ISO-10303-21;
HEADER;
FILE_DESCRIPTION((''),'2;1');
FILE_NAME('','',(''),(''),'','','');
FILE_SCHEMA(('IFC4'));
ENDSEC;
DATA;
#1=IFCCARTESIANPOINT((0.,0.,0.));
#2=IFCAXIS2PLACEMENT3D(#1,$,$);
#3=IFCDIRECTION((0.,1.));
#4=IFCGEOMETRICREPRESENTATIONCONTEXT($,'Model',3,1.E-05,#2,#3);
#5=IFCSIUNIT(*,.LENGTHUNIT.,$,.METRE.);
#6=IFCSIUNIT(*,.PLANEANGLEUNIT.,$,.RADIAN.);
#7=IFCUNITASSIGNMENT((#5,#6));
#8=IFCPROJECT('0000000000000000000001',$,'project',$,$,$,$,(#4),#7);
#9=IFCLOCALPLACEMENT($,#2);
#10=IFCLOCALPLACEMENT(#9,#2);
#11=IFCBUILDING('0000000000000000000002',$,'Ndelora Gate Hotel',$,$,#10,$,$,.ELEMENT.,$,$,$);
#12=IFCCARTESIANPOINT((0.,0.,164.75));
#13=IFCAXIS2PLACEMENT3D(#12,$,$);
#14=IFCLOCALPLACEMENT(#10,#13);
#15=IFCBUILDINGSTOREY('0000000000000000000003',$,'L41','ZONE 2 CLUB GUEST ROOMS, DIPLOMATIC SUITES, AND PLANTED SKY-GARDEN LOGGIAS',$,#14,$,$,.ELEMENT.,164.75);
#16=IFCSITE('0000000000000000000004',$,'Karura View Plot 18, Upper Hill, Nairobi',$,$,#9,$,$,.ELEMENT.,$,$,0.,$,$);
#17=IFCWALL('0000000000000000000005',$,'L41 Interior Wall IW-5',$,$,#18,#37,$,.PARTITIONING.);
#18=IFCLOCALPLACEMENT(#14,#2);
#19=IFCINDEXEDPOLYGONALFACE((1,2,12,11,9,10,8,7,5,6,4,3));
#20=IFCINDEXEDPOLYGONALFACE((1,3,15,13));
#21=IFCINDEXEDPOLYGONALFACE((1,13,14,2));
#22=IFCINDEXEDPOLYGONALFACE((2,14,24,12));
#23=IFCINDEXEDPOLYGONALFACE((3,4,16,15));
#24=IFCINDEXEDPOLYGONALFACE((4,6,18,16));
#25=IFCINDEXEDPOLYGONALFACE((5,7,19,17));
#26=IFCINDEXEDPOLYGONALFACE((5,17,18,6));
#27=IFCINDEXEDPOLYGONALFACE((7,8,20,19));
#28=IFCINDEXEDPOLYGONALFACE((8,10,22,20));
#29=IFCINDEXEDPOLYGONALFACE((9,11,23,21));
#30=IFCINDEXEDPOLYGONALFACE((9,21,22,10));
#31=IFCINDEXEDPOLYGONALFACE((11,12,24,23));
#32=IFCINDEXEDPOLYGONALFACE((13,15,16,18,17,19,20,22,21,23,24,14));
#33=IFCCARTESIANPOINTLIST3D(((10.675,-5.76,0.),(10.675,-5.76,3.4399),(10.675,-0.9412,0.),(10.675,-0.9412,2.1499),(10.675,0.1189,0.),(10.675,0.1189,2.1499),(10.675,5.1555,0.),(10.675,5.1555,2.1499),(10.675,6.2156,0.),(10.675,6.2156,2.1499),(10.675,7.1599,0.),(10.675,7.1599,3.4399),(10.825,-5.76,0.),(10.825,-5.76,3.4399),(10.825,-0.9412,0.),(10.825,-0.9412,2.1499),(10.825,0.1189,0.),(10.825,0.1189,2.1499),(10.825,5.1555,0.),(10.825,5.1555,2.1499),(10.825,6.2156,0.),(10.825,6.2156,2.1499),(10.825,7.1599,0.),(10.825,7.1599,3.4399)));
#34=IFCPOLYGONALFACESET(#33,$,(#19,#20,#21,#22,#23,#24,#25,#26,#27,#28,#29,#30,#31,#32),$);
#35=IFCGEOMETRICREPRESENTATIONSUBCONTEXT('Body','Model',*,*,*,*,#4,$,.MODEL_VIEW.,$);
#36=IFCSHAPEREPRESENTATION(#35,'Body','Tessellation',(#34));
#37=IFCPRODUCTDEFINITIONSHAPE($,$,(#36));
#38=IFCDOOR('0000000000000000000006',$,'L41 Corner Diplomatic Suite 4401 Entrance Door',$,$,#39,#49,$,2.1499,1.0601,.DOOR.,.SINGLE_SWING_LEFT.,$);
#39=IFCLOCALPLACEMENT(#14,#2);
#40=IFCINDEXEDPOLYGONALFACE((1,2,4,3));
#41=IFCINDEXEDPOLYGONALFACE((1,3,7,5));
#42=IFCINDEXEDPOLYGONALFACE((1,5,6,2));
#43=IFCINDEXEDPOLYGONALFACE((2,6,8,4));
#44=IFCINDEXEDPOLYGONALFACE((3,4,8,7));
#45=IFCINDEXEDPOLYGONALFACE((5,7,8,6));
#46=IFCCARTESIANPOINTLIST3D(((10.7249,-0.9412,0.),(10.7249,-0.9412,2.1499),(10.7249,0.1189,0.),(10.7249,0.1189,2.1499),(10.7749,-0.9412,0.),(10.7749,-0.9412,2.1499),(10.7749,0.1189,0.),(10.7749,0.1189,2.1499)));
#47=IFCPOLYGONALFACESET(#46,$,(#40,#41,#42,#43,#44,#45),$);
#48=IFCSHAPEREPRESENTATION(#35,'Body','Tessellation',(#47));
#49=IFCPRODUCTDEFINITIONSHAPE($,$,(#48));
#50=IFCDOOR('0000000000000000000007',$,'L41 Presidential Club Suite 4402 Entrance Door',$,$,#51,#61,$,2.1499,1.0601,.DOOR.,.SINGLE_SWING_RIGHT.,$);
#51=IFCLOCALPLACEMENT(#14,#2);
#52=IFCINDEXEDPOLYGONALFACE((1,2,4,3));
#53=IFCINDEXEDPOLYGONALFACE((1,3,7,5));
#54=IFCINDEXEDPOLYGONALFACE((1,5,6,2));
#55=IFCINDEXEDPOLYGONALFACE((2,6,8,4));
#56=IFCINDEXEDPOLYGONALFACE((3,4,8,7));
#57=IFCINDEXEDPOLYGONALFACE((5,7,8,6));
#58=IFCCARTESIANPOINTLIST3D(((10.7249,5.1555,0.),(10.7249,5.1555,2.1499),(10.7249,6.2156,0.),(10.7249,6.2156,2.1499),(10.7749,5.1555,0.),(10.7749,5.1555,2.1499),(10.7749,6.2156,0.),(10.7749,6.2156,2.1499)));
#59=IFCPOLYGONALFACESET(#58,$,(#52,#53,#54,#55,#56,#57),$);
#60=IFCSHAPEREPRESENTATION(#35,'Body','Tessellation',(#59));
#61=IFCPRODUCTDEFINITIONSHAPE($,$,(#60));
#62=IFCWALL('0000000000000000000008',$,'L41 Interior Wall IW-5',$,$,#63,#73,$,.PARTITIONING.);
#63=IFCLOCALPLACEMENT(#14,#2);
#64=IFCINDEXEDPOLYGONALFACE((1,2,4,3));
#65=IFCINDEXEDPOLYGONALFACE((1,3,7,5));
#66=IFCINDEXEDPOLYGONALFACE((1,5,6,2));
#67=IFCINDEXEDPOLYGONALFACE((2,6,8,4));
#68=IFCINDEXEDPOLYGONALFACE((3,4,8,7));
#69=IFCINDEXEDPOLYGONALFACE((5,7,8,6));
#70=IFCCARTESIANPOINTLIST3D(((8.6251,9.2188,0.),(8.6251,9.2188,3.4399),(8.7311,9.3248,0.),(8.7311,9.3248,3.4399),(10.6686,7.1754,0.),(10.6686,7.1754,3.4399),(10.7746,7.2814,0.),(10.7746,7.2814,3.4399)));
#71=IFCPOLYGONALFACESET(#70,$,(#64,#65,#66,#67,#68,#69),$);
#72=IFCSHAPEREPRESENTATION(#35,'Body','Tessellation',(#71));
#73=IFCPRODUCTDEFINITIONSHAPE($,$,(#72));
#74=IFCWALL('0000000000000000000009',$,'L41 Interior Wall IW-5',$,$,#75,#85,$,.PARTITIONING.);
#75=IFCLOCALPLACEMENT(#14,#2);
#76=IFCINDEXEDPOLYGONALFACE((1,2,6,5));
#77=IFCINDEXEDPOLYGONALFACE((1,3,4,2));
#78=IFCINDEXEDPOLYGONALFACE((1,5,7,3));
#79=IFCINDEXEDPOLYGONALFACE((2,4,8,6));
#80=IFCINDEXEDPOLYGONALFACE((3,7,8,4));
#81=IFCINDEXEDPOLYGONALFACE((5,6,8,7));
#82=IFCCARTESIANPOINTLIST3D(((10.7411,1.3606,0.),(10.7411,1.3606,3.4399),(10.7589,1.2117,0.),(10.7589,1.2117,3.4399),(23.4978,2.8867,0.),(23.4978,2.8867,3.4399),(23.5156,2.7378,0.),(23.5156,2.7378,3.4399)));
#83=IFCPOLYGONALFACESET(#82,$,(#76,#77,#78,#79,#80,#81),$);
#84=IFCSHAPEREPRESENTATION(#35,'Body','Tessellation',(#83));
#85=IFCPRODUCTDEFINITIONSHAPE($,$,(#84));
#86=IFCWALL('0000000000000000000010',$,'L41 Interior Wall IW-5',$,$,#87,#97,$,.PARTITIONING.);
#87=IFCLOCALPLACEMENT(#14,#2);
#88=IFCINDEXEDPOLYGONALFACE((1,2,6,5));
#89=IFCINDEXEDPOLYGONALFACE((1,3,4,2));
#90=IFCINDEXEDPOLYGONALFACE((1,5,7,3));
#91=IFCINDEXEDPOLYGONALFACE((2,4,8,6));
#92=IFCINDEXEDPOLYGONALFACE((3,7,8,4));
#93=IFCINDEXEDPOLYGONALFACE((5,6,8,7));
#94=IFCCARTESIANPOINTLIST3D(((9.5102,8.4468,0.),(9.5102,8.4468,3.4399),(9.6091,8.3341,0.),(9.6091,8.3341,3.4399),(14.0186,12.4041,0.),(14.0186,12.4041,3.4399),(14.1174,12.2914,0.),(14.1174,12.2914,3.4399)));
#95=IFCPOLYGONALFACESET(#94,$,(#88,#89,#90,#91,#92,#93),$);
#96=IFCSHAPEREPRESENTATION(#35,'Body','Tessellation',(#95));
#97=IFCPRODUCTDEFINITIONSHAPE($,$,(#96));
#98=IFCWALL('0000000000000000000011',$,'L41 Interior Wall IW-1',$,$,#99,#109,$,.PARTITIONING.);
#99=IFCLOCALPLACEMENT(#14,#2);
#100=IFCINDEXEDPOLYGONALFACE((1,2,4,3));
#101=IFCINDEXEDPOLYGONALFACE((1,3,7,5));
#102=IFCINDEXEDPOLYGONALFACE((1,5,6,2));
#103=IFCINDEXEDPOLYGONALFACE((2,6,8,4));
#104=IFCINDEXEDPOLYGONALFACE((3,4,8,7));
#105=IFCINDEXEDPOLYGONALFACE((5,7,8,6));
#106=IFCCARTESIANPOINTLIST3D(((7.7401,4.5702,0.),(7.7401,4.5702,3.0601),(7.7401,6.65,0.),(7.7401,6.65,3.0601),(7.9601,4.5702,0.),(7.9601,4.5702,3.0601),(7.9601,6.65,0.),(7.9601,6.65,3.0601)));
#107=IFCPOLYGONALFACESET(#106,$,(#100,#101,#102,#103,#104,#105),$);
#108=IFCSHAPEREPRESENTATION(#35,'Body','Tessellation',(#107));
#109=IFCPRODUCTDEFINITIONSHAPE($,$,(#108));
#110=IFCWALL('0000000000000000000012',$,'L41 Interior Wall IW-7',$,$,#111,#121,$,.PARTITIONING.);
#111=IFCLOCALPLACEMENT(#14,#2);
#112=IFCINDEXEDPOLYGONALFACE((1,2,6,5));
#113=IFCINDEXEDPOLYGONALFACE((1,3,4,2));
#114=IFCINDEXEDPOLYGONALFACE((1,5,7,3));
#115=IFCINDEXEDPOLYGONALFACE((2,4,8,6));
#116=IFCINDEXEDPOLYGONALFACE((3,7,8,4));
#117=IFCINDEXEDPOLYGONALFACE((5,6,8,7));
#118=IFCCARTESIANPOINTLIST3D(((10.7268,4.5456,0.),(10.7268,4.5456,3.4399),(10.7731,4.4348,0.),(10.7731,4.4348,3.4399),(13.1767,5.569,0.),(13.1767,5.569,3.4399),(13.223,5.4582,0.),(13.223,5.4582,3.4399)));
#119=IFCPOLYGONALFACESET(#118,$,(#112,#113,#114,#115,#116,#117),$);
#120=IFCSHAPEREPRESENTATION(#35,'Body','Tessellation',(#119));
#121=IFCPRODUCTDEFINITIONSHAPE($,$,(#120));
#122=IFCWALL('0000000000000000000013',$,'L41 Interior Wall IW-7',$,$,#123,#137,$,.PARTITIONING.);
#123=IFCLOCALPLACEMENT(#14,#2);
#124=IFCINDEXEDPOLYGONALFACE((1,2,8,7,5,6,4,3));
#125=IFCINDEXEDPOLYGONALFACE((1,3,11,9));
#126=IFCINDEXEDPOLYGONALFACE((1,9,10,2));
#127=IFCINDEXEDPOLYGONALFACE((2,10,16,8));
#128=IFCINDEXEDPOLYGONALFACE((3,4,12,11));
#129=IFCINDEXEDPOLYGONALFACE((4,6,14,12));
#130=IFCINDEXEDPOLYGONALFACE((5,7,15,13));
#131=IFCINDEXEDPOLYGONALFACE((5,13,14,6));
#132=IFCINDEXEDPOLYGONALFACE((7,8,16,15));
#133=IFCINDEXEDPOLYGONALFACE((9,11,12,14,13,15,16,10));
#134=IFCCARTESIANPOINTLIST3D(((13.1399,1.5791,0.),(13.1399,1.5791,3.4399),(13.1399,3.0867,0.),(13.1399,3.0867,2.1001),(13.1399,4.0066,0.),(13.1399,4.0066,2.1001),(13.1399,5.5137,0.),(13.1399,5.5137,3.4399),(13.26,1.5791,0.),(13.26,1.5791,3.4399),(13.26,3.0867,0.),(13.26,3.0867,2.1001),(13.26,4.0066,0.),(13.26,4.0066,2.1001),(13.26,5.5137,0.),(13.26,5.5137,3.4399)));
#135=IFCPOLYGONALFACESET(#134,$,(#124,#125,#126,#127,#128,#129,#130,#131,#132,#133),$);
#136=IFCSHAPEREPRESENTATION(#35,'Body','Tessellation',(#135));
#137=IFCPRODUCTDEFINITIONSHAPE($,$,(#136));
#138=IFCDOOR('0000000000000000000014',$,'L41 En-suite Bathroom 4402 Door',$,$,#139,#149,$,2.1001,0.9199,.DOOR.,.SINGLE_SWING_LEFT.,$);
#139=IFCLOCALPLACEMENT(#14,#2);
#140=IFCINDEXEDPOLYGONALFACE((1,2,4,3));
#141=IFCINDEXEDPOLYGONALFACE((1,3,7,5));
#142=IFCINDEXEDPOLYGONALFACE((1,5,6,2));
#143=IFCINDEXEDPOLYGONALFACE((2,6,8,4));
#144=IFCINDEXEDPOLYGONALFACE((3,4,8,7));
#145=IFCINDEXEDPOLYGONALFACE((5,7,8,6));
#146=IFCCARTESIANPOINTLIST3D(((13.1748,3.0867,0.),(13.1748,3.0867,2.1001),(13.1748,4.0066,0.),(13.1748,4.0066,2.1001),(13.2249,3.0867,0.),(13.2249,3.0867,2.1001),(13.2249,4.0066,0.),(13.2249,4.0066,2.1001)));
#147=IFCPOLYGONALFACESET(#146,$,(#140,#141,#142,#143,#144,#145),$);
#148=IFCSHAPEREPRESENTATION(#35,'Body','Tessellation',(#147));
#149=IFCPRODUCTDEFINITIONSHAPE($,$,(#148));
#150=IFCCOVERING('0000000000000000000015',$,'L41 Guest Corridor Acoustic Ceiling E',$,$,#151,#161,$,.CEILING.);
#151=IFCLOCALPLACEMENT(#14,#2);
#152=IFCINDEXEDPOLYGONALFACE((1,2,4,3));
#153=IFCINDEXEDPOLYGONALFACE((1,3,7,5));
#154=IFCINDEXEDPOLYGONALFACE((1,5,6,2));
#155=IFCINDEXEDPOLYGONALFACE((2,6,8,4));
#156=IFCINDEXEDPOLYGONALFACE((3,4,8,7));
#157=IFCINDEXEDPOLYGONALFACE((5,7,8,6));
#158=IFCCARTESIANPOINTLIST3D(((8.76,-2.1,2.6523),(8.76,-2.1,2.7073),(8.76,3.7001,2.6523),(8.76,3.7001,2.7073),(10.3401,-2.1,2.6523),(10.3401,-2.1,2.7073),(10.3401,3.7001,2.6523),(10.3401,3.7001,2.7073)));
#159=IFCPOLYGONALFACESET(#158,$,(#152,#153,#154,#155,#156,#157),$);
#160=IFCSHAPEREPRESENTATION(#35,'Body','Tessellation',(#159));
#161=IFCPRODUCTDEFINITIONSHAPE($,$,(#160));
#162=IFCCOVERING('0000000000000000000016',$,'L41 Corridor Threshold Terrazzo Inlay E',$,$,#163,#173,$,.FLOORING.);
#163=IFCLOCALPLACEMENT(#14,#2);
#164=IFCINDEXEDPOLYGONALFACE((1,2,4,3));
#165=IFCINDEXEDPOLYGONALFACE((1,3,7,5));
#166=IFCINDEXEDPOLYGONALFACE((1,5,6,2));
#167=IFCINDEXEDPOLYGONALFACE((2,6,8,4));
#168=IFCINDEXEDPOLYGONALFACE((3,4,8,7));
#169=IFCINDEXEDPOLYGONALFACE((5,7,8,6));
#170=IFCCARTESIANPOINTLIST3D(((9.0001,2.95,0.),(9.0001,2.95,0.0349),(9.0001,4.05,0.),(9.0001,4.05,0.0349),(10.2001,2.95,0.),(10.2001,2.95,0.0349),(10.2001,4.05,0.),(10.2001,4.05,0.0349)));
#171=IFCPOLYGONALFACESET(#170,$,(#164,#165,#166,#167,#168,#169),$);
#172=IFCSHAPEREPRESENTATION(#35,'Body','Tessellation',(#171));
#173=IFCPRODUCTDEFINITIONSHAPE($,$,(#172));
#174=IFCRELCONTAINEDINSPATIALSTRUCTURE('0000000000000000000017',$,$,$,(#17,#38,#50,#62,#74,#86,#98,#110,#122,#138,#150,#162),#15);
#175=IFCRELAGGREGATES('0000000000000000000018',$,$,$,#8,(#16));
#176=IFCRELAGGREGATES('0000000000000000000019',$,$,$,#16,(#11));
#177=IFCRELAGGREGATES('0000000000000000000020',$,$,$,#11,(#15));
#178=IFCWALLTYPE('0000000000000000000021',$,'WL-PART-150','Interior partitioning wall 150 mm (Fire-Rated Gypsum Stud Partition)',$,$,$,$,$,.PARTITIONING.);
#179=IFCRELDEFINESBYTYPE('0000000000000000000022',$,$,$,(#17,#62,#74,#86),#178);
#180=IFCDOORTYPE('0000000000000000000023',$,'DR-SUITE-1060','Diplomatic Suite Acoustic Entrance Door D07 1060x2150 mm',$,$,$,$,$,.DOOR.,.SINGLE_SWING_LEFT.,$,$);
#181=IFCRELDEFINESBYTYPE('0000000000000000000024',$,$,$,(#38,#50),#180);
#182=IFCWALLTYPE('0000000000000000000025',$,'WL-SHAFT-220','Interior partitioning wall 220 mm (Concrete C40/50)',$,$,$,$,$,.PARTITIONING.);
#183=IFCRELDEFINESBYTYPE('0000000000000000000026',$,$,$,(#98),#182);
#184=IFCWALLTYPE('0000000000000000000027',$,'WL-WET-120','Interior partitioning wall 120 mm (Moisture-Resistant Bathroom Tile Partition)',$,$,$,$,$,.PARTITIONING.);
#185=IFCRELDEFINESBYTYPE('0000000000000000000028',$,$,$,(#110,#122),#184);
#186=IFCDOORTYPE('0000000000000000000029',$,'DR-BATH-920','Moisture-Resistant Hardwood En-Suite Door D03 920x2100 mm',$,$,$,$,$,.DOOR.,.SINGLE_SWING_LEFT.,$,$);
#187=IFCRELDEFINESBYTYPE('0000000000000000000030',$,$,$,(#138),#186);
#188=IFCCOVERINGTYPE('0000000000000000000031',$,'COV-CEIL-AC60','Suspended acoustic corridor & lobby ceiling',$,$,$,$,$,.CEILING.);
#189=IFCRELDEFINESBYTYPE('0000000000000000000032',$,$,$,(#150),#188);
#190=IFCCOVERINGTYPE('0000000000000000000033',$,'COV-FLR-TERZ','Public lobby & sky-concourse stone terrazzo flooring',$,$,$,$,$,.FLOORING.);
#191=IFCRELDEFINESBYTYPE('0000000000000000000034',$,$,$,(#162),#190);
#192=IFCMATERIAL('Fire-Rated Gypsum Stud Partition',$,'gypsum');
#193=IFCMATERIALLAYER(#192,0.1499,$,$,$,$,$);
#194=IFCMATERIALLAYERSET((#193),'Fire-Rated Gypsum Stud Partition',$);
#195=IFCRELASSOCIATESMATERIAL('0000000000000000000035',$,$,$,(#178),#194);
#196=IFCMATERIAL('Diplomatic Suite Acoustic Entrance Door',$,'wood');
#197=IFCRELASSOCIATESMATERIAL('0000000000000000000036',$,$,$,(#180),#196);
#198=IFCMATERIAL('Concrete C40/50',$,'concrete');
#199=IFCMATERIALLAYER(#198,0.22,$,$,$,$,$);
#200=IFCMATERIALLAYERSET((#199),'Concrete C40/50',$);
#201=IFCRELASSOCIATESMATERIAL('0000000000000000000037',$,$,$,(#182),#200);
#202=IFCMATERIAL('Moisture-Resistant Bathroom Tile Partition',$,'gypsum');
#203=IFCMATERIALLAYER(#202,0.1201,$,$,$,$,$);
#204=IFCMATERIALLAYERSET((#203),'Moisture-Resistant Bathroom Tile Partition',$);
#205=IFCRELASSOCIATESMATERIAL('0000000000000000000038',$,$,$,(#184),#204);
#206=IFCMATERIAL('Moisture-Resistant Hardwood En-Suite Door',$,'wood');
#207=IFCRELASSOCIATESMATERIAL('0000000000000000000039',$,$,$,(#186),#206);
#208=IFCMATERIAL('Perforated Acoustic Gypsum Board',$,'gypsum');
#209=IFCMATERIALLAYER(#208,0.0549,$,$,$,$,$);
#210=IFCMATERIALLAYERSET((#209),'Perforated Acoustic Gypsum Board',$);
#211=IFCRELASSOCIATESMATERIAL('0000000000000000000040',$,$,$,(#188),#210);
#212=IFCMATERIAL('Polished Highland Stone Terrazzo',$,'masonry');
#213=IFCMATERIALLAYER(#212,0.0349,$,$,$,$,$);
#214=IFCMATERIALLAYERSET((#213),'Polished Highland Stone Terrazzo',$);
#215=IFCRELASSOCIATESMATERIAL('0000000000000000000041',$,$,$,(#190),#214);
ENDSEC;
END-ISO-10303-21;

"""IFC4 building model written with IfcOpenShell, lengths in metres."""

from ifc_helpers import new_model, si_unit, direction, frame, frame_2d, origin, origin_2d, place, context, subcontext, project, spatial, rectangle, extrude, material, layer, layer_set, type_object, element, fill, save


model = new_model("IFC4")

# Units and contexts
model_context = context("Model", 3, precision=1e-05, world=origin(), true_north=direction((0.0, 1.0)))
body_context = subcontext(model_context, "Body", "Model", "MODEL_VIEW")
ifc_project = project(units=[si_unit("LENGTHUNIT", "METRE"), si_unit("PLANEANGLEUNIT", "RADIAN")], contexts=[model_context])

# Site, building, storey
site_placement = place(None, origin())
site = spatial("IfcSite", under=ifc_project, at=site_placement, Name="Karura View Plot 18, Upper Hill, Nairobi", CompositionType="ELEMENT", RefElevation=0.0)
building_placement = place(site_placement, origin())
building = spatial("IfcBuilding", under=site, at=building_placement, Name="Ndelora Gate Hotel", CompositionType="ELEMENT")
storey_placement = place(building_placement, frame((0.0, 0.0, 164.75)))
storey = spatial("IfcBuildingStorey", under=building, at=storey_placement, Name="L41", Description="ZONE 2 CLUB GUEST ROOMS, DIPLOMATIC SUITES, AND PLANTED SKY-GARDEN LOGGIAS", CompositionType="ELEMENT", Elevation=164.75)

# Shared definitions
ifc_material_1 = material(Name="Concrete C40/50", Category="concrete")

# Wall, openings, doors
ifc_material_2 = material(Name="Fire-Rated Gypsum Stud Partition", Category="gypsum")
ifc_layer_1 = layer(ifc_material_2, 0.1499)
ifc_layer_set_1 = layer_set([ifc_layer_1], Name="Fire-Rated Gypsum Stud Partition")
wall_type_1 = type_object("IfcWallType", Name="WL-PART-150", Description="Interior partitioning wall 150 mm (Fire-Rated Gypsum Stud Partition)", PredefinedType="PARTITIONING", material=ifc_layer_set_1)
wall_1_placement = place(storey_placement, frame((10.75, 7.1599, 0.0), z_axis=(0.0, 0.0, 1.0), x_axis=(0.0, -1.0, 0.0)))
wall_1 = element("IfcWall", 1, at=wall_1_placement, inside=storey, type_object=wall_type_1, Name="L41 Interior Wall IW-5", PredefinedType="PARTITIONING", context=body_context, shape_type="SweptSolid", body=[
    extrude(rectangle(XDim=12.9199, YDim=0.1499, at=frame_2d((6.46, 0.0))), origin(), (0.0, 0.0, 1.0), 3.4399),
])
opening_1_placement = place(wall_1_placement, frame((7.041, 0.0, 0.0)))
opening_1 = element("IfcOpeningElement", 2, at=opening_1_placement, cuts=wall_1, PredefinedType="OPENING", context=body_context, shape_type="SweptSolid", body=[
    extrude(rectangle(XDim=1.0601, YDim=2.1499, at=frame_2d((0.53, 1.075))), frame((0.0, 0.085, 0.0), z_axis=(0.0, -1.0, 0.0), x_axis=(1.0, 0.0, 0.0)), (0.0, 0.0, 1.0), 0.1699),
])
opening_2_placement = place(wall_1_placement, frame((0.9443, 0.0, 0.0)))
opening_2 = element("IfcOpeningElement", 3, at=opening_2_placement, cuts=wall_1, PredefinedType="OPENING", context=body_context, shape_type="SweptSolid", body=[
    extrude(rectangle(XDim=1.0601, YDim=2.1499, at=frame_2d((0.53, 1.075))), frame((0.0, 0.085, 0.0), z_axis=(0.0, -1.0, 0.0), x_axis=(1.0, 0.0, 0.0)), (0.0, 0.0, 1.0), 0.1699),
])
ifc_material_3 = material(Name="Diplomatic Suite Acoustic Entrance Door", Category="wood")
door_type_1 = type_object("IfcDoorType", Name="DR-SUITE-1060", Description="Diplomatic Suite Acoustic Entrance Door D07 1060x2150 mm", OperationType="SINGLE_SWING_LEFT", PredefinedType="DOOR", material=ifc_material_3)
door_1_placement = place(opening_1_placement, origin())
door_1 = element("IfcDoor", 4, at=door_1_placement, inside=storey, type_object=door_type_1, Name="L41 Corner Diplomatic Suite 4401 Entrance Door", OperationType="SINGLE_SWING_LEFT", OverallHeight=2.1499, OverallWidth=1.0601, PredefinedType="DOOR", context=body_context, shape_type="SweptSolid", body=[
    extrude(rectangle(XDim=1.0601, YDim=2.1499, at=frame_2d((0.53, 1.075))), frame((0.0, 0.0249, 0.0), z_axis=(0.0, -1.0, 0.0), x_axis=(1.0, 0.0, 0.0)), (0.0, 0.0, 1.0), 0.05),
])
fill(opening_1, door_1)
door_2_placement = place(opening_2_placement, origin())
door_2 = element("IfcDoor", 5, at=door_2_placement, inside=storey, type_object=door_type_1, Name="L41 Presidential Club Suite 4402 Entrance Door", OperationType="SINGLE_SWING_RIGHT", OverallHeight=2.1499, OverallWidth=1.0601, PredefinedType="DOOR", context=body_context, shape_type="SweptSolid", body=[
    extrude(rectangle(XDim=1.0601, YDim=2.1499, at=frame_2d((0.53, 1.075))), frame((0.0, 0.0249, 0.0), z_axis=(0.0, -1.0, 0.0), x_axis=(1.0, 0.0, 0.0)), (0.0, 0.0, 1.0), 0.05),
])
fill(opening_2, door_2)

# Walls
wall_2_placement = place(storey_placement, frame((8.6782, 9.2717, 0.0), z_axis=(0.0, 0.0, 1.0), x_axis=(0.707107, -0.707107, 0.0)))
element("IfcWall", 6, at=wall_2_placement, inside=storey, type_object=wall_type_1, Name="L41 Interior Wall IW-5", PredefinedType="PARTITIONING", context=body_context, shape_type="SweptSolid", body=[
    extrude(rectangle(XDim=2.8899, YDim=0.1499, at=frame_2d((1.4448, 0.0))), origin(), (0.0, 0.0, 1.0), 3.4399),
])
wall_3_placement = place(storey_placement, frame((10.75, 1.2861, 0.0), z_axis=(0.0, 0.0, 1.0), x_axis=(0.99292, 0.118787, 0.0)))
element("IfcWall", 7, at=wall_3_placement, inside=storey, type_object=wall_type_1, Name="L41 Interior Wall IW-5", PredefinedType="PARTITIONING", context=body_context, shape_type="SweptSolid", body=[
    extrude(rectangle(XDim=12.8477, YDim=0.1499, at=frame_2d((6.4238, 0.0))), origin(), (0.0, 0.0, 1.0), 3.4399),
])
wall_4_placement = place(storey_placement, frame((9.5596, 8.3904, 0.0), z_axis=(0.0, 0.0, 1.0), x_axis=(0.751542, 0.659685, 0.0)))
element("IfcWall", 8, at=wall_4_placement, inside=storey, type_object=wall_type_1, Name="L41 Interior Wall IW-5", PredefinedType="PARTITIONING", context=body_context, shape_type="SweptSolid", body=[
    extrude(rectangle(XDim=5.9988, YDim=0.1499, at=frame_2d((2.9995, 0.0))), origin(), (0.0, 0.0, 1.0), 3.4399),
])
ifc_layer_2 = layer(ifc_material_1, 0.22)
ifc_layer_set_2 = layer_set([ifc_layer_2], Name="Concrete C40/50")
wall_type_2 = type_object("IfcWallType", Name="WL-SHAFT-220", Description="Interior partitioning wall 220 mm (Concrete C40/50)", PredefinedType="PARTITIONING", material=ifc_layer_set_2)
wall_5_placement = place(storey_placement, frame((7.8501, 4.5701, 0.0), z_axis=(0.0, 0.0, 1.0), x_axis=(0.0, 1.0, 0.0)))
element("IfcWall", 9, at=wall_5_placement, inside=storey, type_object=wall_type_2, Name="L41 Interior Wall IW-1", PredefinedType="PARTITIONING", context=body_context, shape_type="SweptSolid", body=[
    extrude(rectangle(XDim=2.0798, YDim=0.22, at=frame_2d((1.04, 0.0))), origin(), (0.0, 0.0, 1.0), 3.0601),
])
ifc_material_4 = material(Name="Moisture-Resistant Bathroom Tile Partition", Category="gypsum")
ifc_layer_3 = layer(ifc_material_4, 0.1201)
ifc_layer_set_3 = layer_set([ifc_layer_3], Name="Moisture-Resistant Bathroom Tile Partition")
wall_type_3 = type_object("IfcWallType", Name="WL-WET-120", Description="Interior partitioning wall 120 mm (Moisture-Resistant Bathroom Tile Partition)", PredefinedType="PARTITIONING", material=ifc_layer_set_3)
wall_6_placement = place(storey_placement, frame((13.2, 5.5137, 0.0), z_axis=(0.0, 0.0, 1.0), x_axis=(-0.922726, -0.385457, 0.0)))
element("IfcWall", 10, at=wall_6_placement, inside=storey, type_object=wall_type_3, Name="L41 Interior Wall IW-7", PredefinedType="PARTITIONING", context=body_context, shape_type="SweptSolid", body=[
    extrude(rectangle(XDim=2.655, YDim=0.1201, at=frame_2d((1.3276, 0.0))), origin(), (0.0, 0.0, 1.0), 3.4399),
])

# Wall, opening, door
wall_7_placement = place(storey_placement, frame((13.2, 5.5137, 0.0), z_axis=(0.0, 0.0, 1.0), x_axis=(0.0, -1.0, 0.0)))
wall_7 = element("IfcWall", 11, at=wall_7_placement, inside=storey, type_object=wall_type_3, Name="L41 Interior Wall IW-7", PredefinedType="PARTITIONING", context=body_context, shape_type="SweptSolid", body=[
    extrude(rectangle(XDim=3.9346, YDim=0.1201, at=frame_2d((1.9673, 0.0))), origin(), (0.0, 0.0, 1.0), 3.4399),
])
opening_3_placement = place(wall_7_placement, frame((1.5071, 0.0, 0.0)))
opening_3 = element("IfcOpeningElement", 12, at=opening_3_placement, cuts=wall_7, PredefinedType="OPENING", context=body_context, shape_type="SweptSolid", body=[
    extrude(rectangle(XDim=0.9199, YDim=2.1001, at=frame_2d((0.46, 1.05))), frame((0.0, 0.0701, 0.0), z_axis=(0.0, -1.0, 0.0), x_axis=(1.0, 0.0, 0.0)), (0.0, 0.0, 1.0), 0.1401),
])
ifc_material_5 = material(Name="Moisture-Resistant Hardwood En-Suite Door", Category="wood")
door_type_2 = type_object("IfcDoorType", Name="DR-BATH-920", Description="Moisture-Resistant Hardwood En-Suite Door D03 920x2100 mm", OperationType="SINGLE_SWING_LEFT", PredefinedType="DOOR", material=ifc_material_5)
door_3_placement = place(opening_3_placement, origin())
door_3 = element("IfcDoor", 13, at=door_3_placement, inside=storey, type_object=door_type_2, Name="L41 En-suite Bathroom 4402 Door", OperationType="SINGLE_SWING_LEFT", OverallHeight=2.1001, OverallWidth=0.9199, PredefinedType="DOOR", context=body_context, shape_type="SweptSolid", body=[
    extrude(rectangle(XDim=0.9199, YDim=2.1001, at=frame_2d((0.46, 1.05))), frame((0.0, 0.0249, 0.0), z_axis=(0.0, -1.0, 0.0), x_axis=(1.0, 0.0, 0.0)), (0.0, 0.0, 1.0), 0.05),
])
fill(opening_3, door_3)

# Coverings
ifc_material_6 = material(Name="Perforated Acoustic Gypsum Board", Category="gypsum")
ifc_layer_4 = layer(ifc_material_6, 0.0549)
ifc_layer_set_4 = layer_set([ifc_layer_4], Name="Perforated Acoustic Gypsum Board")
covering_type_1 = type_object("IfcCoveringType", Name="COV-CEIL-AC60", Description="Suspended acoustic corridor & lobby ceiling", PredefinedType="CEILING", material=ifc_layer_set_4)
covering_1_placement = place(storey_placement, frame((9.55, 0.8, 2.6523), z_axis=(0.0, 0.0, 1.0), x_axis=(1.0, 0.0, 0.0)))
element("IfcCovering", 14, at=covering_1_placement, inside=storey, type_object=covering_type_1, Name="L41 Guest Corridor Acoustic Ceiling E", PredefinedType="CEILING", context=body_context, shape_type="SweptSolid", body=[
    extrude(rectangle(XDim=1.5801, YDim=5.8, at=origin_2d()), origin(), (0.0, 0.0, 1.0), 0.0549),
])
ifc_material_7 = material(Name="Polished Highland Stone Terrazzo", Category="masonry")
ifc_layer_5 = layer(ifc_material_7, 0.0349)
ifc_layer_set_5 = layer_set([ifc_layer_5], Name="Polished Highland Stone Terrazzo")
covering_type_2 = type_object("IfcCoveringType", Name="COV-FLR-TERZ", Description="Public lobby & sky-concourse stone terrazzo flooring", PredefinedType="FLOORING", material=ifc_layer_set_5)
covering_2_placement = place(storey_placement, frame((9.6001, 3.5, 0.0), z_axis=(0.0, 0.0, 1.0), x_axis=(1.0, 0.0, 0.0)))
element("IfcCovering", 15, at=covering_2_placement, inside=storey, type_object=covering_type_2, Name="L41 Corridor Threshold Terrazzo Inlay E", PredefinedType="FLOORING", context=body_context, shape_type="SweptSolid", body=[
    extrude(rectangle(XDim=1.2, YDim=1.1001, at=origin_2d()), origin(), (0.0, 0.0, 1.0), 0.0349),
])

save(model, "model.ifc")
